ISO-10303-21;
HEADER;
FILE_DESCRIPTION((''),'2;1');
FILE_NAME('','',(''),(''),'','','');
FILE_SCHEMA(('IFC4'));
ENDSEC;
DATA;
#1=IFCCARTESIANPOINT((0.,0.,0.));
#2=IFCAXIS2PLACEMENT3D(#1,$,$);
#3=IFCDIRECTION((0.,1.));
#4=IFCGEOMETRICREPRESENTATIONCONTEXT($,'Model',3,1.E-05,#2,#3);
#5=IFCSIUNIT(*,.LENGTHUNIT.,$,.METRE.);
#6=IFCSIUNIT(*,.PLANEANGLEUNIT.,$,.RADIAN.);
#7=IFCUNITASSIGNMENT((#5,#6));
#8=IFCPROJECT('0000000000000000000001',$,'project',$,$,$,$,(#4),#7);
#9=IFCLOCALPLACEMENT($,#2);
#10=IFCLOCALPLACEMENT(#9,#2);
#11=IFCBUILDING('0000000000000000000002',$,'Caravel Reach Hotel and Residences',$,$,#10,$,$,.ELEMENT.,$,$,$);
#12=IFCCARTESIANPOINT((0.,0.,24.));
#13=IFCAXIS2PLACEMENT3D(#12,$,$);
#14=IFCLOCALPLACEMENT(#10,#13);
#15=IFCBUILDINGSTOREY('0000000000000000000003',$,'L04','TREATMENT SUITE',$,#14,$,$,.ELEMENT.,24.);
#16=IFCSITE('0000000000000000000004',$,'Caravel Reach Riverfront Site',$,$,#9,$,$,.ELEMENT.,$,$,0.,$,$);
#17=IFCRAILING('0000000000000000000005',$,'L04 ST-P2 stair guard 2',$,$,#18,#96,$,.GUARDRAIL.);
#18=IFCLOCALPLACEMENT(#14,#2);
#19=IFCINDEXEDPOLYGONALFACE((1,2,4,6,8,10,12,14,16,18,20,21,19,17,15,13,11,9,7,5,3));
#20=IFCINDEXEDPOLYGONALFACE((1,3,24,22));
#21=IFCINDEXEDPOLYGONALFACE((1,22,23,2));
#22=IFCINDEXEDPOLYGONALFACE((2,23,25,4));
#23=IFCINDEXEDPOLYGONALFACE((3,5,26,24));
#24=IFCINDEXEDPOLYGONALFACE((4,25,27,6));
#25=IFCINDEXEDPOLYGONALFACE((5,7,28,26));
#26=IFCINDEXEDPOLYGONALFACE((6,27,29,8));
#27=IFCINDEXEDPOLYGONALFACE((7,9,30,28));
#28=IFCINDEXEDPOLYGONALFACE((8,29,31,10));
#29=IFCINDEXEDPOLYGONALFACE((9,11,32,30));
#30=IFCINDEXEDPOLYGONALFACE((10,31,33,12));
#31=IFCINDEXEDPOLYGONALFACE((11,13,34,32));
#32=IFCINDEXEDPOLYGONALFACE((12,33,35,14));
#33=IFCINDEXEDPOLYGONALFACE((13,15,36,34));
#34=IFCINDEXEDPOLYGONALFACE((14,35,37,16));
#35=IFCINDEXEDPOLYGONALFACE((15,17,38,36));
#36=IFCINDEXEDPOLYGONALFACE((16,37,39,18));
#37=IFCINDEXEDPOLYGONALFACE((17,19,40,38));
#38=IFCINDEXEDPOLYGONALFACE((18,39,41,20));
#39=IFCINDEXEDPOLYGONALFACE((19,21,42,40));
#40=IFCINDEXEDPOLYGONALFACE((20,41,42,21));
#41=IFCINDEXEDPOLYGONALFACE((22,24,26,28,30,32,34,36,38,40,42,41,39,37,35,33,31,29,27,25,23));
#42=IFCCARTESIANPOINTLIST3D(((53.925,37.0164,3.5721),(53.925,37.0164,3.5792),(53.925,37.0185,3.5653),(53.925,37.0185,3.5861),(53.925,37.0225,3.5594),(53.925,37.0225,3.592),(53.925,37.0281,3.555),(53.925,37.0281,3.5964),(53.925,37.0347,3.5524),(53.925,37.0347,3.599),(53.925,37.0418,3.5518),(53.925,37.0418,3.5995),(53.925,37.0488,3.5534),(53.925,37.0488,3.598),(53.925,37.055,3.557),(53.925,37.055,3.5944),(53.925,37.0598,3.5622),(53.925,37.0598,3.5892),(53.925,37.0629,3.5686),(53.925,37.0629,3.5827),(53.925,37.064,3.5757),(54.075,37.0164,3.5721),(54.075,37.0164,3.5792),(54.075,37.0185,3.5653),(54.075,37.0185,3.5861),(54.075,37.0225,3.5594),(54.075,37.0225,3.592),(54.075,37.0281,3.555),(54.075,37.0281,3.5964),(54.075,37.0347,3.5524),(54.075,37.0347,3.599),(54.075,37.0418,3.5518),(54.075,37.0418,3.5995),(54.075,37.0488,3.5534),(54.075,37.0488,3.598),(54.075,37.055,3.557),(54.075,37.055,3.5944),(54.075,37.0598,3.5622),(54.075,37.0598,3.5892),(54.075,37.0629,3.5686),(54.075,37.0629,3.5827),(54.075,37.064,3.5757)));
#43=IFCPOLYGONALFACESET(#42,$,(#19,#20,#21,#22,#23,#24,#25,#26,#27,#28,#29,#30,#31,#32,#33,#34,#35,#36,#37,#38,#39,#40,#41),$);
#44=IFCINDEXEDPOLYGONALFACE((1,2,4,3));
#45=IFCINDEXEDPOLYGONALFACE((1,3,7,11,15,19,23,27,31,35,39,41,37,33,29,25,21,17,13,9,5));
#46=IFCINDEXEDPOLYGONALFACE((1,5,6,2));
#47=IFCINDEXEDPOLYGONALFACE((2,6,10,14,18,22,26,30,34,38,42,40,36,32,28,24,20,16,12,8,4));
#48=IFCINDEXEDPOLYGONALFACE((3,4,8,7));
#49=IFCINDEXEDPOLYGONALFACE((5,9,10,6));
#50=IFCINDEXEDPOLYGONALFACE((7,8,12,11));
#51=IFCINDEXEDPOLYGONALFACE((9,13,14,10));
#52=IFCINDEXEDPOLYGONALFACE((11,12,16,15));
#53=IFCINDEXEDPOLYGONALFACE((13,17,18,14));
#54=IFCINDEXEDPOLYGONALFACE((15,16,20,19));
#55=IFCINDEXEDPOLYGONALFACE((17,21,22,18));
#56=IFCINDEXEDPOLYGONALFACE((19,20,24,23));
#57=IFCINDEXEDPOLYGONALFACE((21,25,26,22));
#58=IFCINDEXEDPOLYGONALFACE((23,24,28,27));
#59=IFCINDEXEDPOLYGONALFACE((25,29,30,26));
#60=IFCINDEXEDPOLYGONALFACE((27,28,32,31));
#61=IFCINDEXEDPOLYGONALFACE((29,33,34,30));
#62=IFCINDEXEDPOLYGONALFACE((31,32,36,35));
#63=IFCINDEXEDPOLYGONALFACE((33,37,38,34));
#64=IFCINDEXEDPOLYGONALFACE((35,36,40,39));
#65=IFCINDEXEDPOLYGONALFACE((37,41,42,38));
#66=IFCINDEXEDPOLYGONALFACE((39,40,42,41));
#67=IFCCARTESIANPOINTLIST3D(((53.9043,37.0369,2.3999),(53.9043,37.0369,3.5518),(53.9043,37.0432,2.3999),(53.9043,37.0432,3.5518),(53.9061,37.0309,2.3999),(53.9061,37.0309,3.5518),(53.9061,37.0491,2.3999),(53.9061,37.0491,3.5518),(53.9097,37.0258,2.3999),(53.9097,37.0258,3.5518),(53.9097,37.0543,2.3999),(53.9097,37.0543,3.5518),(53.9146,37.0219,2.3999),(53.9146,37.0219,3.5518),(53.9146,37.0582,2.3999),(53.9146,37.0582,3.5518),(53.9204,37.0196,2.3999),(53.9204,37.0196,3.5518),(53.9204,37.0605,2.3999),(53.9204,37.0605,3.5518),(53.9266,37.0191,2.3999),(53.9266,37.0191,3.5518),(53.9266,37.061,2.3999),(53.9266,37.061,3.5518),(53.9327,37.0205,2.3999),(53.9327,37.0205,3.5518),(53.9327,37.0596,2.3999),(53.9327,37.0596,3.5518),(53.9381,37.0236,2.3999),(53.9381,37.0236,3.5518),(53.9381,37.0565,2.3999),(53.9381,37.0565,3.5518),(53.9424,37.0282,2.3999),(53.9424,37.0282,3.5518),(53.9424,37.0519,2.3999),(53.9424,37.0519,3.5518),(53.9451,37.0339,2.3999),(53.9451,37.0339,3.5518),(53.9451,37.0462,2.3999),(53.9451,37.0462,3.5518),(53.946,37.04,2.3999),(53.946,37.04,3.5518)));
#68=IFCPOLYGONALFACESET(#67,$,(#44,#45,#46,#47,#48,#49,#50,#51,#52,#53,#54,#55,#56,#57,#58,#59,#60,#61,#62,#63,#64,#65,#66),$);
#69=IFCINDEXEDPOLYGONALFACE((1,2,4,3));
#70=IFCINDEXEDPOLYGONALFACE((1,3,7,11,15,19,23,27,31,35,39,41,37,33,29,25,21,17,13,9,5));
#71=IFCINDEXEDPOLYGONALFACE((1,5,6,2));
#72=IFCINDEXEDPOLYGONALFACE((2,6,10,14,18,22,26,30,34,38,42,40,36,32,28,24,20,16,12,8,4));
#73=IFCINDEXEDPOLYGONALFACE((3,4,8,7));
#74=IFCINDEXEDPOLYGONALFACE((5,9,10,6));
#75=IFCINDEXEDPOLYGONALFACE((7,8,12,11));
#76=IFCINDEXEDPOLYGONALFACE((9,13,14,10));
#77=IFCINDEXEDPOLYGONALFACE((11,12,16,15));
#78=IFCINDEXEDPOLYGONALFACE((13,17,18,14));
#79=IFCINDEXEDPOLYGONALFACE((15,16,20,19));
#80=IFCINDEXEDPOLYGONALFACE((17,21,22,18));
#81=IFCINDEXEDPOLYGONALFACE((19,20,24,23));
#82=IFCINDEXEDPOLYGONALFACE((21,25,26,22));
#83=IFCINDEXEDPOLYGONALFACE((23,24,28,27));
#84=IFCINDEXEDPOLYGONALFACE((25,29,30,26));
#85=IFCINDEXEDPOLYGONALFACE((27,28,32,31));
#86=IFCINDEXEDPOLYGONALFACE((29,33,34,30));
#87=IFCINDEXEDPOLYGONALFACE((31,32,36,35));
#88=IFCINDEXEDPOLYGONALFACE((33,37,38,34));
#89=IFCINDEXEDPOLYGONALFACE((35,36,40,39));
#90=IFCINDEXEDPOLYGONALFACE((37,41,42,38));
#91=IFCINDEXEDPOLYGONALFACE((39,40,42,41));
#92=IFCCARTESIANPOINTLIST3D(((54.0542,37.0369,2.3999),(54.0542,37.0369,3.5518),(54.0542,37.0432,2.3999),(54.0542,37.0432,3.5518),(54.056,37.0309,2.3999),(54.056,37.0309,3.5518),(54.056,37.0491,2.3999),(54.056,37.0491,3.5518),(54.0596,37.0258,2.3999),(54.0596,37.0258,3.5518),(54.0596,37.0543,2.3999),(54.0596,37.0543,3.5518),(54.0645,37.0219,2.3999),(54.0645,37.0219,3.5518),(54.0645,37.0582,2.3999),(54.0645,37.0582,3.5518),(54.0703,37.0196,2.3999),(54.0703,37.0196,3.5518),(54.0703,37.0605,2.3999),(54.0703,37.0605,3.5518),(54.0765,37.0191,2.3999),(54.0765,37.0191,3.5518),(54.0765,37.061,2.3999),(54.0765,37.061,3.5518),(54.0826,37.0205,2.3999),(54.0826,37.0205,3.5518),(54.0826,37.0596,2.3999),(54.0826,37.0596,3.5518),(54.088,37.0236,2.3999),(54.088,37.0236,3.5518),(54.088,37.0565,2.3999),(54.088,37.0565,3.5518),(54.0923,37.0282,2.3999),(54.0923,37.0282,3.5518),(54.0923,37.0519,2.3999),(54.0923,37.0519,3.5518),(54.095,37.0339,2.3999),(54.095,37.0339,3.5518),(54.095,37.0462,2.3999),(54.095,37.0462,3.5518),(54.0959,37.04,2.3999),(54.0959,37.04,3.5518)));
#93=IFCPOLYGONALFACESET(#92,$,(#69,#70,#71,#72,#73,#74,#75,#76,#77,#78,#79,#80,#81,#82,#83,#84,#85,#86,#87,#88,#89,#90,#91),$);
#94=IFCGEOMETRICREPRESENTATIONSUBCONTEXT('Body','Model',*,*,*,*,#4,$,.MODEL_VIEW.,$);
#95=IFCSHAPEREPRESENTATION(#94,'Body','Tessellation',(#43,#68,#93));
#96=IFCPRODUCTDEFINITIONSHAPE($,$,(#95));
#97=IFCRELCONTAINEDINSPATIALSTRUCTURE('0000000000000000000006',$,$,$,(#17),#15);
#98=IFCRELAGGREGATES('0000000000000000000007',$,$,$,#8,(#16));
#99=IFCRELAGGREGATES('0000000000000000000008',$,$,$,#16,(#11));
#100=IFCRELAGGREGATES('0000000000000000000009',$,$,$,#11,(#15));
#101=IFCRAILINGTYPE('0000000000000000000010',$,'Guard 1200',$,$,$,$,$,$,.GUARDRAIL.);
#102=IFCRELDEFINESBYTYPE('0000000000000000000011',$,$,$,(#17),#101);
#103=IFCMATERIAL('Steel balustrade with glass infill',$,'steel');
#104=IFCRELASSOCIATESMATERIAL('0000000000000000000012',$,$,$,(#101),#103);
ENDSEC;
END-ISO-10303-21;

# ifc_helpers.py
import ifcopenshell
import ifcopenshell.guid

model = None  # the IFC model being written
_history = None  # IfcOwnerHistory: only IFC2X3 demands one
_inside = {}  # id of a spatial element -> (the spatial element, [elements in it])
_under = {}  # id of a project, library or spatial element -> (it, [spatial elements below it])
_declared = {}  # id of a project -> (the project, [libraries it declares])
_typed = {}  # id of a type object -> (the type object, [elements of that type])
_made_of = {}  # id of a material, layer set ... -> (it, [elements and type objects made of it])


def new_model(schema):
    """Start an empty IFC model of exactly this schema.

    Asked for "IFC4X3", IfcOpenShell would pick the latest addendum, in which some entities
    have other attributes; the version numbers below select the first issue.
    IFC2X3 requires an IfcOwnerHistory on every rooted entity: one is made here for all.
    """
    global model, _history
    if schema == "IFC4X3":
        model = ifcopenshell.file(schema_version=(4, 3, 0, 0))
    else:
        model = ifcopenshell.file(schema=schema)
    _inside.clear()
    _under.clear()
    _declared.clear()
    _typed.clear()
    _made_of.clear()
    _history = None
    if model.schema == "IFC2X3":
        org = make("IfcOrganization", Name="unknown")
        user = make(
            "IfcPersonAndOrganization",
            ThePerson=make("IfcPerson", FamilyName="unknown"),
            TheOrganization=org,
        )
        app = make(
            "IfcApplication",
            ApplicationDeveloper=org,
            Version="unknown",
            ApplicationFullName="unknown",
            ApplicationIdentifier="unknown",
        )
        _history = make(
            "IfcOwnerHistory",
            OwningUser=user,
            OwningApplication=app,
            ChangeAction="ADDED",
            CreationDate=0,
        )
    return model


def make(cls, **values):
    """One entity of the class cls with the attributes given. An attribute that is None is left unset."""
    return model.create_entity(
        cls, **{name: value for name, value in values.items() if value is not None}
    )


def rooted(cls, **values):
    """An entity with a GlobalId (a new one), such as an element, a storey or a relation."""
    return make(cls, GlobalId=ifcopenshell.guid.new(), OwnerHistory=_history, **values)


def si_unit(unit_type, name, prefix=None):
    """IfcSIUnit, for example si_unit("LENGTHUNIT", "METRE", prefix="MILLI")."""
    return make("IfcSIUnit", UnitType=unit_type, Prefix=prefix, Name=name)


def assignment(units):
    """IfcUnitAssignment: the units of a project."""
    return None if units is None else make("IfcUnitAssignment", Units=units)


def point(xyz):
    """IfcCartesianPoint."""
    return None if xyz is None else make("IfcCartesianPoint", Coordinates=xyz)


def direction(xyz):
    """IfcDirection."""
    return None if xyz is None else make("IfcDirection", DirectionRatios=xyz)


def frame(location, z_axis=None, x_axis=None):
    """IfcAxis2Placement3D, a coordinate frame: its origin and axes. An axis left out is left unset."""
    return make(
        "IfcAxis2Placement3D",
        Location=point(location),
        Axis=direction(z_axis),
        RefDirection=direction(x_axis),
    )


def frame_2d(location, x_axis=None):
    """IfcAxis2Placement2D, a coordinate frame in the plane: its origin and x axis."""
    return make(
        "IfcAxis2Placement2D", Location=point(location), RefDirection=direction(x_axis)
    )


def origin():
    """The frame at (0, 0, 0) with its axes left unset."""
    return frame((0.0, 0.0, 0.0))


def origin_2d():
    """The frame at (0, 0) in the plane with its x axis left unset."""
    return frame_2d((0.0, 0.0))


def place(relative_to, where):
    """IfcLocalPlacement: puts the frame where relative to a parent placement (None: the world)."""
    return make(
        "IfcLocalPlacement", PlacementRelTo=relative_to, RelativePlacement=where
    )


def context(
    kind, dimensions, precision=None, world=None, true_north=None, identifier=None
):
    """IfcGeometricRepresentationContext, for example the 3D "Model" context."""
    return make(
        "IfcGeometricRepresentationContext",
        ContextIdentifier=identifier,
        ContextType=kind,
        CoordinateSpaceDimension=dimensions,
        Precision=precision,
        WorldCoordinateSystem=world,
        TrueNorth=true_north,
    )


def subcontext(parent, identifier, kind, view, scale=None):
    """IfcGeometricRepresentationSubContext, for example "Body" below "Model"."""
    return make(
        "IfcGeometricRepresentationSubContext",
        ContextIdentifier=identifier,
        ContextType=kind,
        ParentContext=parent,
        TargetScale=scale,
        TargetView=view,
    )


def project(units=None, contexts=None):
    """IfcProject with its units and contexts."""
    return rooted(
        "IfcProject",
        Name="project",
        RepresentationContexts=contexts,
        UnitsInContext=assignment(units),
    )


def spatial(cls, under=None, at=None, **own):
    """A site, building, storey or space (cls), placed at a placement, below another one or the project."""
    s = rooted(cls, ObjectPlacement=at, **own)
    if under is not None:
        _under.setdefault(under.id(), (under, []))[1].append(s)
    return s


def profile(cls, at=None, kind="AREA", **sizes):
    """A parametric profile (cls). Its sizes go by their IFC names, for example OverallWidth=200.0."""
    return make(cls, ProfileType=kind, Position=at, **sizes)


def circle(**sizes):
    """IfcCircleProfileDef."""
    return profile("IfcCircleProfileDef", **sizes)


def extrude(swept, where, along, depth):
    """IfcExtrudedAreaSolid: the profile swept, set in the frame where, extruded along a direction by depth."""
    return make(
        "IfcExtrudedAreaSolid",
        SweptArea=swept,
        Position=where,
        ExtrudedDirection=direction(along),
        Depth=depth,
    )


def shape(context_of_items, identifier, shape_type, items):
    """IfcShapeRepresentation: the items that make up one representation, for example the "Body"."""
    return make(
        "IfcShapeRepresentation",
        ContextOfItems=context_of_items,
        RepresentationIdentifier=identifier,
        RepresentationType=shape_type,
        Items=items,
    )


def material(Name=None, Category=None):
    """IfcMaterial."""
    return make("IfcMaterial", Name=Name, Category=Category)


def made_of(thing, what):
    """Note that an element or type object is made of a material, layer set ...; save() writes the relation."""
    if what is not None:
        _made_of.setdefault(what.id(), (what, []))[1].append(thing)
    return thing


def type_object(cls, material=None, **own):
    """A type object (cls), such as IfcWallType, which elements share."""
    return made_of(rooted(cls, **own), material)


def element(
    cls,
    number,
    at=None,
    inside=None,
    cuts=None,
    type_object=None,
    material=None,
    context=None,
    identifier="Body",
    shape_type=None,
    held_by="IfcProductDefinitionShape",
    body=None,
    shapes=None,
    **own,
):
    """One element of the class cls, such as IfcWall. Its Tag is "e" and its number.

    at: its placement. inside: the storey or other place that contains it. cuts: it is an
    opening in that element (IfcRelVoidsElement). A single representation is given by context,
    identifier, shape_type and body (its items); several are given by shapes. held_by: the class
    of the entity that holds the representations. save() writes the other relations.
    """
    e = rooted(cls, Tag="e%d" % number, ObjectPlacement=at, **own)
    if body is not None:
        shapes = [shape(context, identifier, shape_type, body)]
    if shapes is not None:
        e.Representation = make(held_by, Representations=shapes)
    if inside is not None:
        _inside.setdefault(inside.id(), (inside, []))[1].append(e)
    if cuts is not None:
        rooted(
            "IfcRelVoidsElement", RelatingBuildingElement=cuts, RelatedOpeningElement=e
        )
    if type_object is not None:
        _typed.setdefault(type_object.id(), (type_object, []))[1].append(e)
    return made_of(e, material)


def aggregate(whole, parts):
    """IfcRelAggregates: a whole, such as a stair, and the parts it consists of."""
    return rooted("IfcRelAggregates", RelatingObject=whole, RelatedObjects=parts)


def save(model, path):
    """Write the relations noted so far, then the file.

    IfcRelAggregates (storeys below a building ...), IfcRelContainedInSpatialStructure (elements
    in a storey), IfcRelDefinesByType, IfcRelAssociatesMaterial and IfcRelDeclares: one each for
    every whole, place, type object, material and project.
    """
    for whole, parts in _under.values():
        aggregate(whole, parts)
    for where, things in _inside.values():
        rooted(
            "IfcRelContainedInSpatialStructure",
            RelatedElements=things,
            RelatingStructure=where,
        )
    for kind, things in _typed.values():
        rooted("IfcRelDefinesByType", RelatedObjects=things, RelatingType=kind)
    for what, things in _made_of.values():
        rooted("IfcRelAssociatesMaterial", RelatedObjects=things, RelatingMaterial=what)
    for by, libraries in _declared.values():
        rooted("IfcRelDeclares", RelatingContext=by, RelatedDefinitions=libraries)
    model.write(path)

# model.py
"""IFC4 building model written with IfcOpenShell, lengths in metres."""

from ifc_helpers import new_model, si_unit, direction, frame, origin, origin_2d, place, context, subcontext, project, spatial, circle, extrude, material, type_object, element, save


model = new_model("IFC4")

# Units and contexts
model_context = context("Model", 3, precision=1e-05, world=origin(), true_north=direction((0.0, 1.0)))
body_context = subcontext(model_context, "Body", "Model", "MODEL_VIEW")
ifc_project = project(units=[si_unit("LENGTHUNIT", "METRE"), si_unit("PLANEANGLEUNIT", "RADIAN")], contexts=[model_context])

# Site, building, storey
site_placement = place(None, origin())
site = spatial("IfcSite", under=ifc_project, at=site_placement, Name="Caravel Reach Riverfront Site", CompositionType="ELEMENT", RefElevation=0.0)
building_placement = place(site_placement, origin())
building = spatial("IfcBuilding", under=site, at=building_placement, Name="Caravel Reach Hotel and Residences", CompositionType="ELEMENT")
storey_placement = place(building_placement, frame((0.0, 0.0, 24.0)))
storey = spatial("IfcBuildingStorey", under=building, at=storey_placement, Name="L04", Description="TREATMENT SUITE", CompositionType="ELEMENT", Elevation=24.0)

# Railing
ifc_material_1 = material(Name="Steel balustrade with glass infill", Category="steel")
railing_type_1 = type_object("IfcRailingType", Name="Guard 1200", PredefinedType="GUARDRAIL", material=ifc_material_1)
railing_1_placement = place(storey_placement, frame((53.925, 37.04, 2.3999)))
element("IfcRailing", 1, at=railing_1_placement, inside=storey, type_object=railing_type_1, Name="L04 ST-P2 stair guard 2", PredefinedType="GUARDRAIL", context=body_context, shape_type="SweptSolid", body=[
    extrude(circle(Radius=0.0239, at=origin_2d()), frame((0.0, 0.0, 1.1758), z_axis=(1.0, 0.0, 0.0), x_axis=(0.0, 1.0, 0.0)), (0.0, 0.0, 1.0), 0.1499),
    extrude(circle(Radius=0.021, at=origin_2d()), origin(), (0.0, 0.0, 1.0), 1.1519),
    extrude(circle(Radius=0.021, at=origin_2d()), frame((0.1499, 0.0, 0.0)), (0.0, 0.0, 1.0), 1.1519),
])

save(model, "model.ifc")
